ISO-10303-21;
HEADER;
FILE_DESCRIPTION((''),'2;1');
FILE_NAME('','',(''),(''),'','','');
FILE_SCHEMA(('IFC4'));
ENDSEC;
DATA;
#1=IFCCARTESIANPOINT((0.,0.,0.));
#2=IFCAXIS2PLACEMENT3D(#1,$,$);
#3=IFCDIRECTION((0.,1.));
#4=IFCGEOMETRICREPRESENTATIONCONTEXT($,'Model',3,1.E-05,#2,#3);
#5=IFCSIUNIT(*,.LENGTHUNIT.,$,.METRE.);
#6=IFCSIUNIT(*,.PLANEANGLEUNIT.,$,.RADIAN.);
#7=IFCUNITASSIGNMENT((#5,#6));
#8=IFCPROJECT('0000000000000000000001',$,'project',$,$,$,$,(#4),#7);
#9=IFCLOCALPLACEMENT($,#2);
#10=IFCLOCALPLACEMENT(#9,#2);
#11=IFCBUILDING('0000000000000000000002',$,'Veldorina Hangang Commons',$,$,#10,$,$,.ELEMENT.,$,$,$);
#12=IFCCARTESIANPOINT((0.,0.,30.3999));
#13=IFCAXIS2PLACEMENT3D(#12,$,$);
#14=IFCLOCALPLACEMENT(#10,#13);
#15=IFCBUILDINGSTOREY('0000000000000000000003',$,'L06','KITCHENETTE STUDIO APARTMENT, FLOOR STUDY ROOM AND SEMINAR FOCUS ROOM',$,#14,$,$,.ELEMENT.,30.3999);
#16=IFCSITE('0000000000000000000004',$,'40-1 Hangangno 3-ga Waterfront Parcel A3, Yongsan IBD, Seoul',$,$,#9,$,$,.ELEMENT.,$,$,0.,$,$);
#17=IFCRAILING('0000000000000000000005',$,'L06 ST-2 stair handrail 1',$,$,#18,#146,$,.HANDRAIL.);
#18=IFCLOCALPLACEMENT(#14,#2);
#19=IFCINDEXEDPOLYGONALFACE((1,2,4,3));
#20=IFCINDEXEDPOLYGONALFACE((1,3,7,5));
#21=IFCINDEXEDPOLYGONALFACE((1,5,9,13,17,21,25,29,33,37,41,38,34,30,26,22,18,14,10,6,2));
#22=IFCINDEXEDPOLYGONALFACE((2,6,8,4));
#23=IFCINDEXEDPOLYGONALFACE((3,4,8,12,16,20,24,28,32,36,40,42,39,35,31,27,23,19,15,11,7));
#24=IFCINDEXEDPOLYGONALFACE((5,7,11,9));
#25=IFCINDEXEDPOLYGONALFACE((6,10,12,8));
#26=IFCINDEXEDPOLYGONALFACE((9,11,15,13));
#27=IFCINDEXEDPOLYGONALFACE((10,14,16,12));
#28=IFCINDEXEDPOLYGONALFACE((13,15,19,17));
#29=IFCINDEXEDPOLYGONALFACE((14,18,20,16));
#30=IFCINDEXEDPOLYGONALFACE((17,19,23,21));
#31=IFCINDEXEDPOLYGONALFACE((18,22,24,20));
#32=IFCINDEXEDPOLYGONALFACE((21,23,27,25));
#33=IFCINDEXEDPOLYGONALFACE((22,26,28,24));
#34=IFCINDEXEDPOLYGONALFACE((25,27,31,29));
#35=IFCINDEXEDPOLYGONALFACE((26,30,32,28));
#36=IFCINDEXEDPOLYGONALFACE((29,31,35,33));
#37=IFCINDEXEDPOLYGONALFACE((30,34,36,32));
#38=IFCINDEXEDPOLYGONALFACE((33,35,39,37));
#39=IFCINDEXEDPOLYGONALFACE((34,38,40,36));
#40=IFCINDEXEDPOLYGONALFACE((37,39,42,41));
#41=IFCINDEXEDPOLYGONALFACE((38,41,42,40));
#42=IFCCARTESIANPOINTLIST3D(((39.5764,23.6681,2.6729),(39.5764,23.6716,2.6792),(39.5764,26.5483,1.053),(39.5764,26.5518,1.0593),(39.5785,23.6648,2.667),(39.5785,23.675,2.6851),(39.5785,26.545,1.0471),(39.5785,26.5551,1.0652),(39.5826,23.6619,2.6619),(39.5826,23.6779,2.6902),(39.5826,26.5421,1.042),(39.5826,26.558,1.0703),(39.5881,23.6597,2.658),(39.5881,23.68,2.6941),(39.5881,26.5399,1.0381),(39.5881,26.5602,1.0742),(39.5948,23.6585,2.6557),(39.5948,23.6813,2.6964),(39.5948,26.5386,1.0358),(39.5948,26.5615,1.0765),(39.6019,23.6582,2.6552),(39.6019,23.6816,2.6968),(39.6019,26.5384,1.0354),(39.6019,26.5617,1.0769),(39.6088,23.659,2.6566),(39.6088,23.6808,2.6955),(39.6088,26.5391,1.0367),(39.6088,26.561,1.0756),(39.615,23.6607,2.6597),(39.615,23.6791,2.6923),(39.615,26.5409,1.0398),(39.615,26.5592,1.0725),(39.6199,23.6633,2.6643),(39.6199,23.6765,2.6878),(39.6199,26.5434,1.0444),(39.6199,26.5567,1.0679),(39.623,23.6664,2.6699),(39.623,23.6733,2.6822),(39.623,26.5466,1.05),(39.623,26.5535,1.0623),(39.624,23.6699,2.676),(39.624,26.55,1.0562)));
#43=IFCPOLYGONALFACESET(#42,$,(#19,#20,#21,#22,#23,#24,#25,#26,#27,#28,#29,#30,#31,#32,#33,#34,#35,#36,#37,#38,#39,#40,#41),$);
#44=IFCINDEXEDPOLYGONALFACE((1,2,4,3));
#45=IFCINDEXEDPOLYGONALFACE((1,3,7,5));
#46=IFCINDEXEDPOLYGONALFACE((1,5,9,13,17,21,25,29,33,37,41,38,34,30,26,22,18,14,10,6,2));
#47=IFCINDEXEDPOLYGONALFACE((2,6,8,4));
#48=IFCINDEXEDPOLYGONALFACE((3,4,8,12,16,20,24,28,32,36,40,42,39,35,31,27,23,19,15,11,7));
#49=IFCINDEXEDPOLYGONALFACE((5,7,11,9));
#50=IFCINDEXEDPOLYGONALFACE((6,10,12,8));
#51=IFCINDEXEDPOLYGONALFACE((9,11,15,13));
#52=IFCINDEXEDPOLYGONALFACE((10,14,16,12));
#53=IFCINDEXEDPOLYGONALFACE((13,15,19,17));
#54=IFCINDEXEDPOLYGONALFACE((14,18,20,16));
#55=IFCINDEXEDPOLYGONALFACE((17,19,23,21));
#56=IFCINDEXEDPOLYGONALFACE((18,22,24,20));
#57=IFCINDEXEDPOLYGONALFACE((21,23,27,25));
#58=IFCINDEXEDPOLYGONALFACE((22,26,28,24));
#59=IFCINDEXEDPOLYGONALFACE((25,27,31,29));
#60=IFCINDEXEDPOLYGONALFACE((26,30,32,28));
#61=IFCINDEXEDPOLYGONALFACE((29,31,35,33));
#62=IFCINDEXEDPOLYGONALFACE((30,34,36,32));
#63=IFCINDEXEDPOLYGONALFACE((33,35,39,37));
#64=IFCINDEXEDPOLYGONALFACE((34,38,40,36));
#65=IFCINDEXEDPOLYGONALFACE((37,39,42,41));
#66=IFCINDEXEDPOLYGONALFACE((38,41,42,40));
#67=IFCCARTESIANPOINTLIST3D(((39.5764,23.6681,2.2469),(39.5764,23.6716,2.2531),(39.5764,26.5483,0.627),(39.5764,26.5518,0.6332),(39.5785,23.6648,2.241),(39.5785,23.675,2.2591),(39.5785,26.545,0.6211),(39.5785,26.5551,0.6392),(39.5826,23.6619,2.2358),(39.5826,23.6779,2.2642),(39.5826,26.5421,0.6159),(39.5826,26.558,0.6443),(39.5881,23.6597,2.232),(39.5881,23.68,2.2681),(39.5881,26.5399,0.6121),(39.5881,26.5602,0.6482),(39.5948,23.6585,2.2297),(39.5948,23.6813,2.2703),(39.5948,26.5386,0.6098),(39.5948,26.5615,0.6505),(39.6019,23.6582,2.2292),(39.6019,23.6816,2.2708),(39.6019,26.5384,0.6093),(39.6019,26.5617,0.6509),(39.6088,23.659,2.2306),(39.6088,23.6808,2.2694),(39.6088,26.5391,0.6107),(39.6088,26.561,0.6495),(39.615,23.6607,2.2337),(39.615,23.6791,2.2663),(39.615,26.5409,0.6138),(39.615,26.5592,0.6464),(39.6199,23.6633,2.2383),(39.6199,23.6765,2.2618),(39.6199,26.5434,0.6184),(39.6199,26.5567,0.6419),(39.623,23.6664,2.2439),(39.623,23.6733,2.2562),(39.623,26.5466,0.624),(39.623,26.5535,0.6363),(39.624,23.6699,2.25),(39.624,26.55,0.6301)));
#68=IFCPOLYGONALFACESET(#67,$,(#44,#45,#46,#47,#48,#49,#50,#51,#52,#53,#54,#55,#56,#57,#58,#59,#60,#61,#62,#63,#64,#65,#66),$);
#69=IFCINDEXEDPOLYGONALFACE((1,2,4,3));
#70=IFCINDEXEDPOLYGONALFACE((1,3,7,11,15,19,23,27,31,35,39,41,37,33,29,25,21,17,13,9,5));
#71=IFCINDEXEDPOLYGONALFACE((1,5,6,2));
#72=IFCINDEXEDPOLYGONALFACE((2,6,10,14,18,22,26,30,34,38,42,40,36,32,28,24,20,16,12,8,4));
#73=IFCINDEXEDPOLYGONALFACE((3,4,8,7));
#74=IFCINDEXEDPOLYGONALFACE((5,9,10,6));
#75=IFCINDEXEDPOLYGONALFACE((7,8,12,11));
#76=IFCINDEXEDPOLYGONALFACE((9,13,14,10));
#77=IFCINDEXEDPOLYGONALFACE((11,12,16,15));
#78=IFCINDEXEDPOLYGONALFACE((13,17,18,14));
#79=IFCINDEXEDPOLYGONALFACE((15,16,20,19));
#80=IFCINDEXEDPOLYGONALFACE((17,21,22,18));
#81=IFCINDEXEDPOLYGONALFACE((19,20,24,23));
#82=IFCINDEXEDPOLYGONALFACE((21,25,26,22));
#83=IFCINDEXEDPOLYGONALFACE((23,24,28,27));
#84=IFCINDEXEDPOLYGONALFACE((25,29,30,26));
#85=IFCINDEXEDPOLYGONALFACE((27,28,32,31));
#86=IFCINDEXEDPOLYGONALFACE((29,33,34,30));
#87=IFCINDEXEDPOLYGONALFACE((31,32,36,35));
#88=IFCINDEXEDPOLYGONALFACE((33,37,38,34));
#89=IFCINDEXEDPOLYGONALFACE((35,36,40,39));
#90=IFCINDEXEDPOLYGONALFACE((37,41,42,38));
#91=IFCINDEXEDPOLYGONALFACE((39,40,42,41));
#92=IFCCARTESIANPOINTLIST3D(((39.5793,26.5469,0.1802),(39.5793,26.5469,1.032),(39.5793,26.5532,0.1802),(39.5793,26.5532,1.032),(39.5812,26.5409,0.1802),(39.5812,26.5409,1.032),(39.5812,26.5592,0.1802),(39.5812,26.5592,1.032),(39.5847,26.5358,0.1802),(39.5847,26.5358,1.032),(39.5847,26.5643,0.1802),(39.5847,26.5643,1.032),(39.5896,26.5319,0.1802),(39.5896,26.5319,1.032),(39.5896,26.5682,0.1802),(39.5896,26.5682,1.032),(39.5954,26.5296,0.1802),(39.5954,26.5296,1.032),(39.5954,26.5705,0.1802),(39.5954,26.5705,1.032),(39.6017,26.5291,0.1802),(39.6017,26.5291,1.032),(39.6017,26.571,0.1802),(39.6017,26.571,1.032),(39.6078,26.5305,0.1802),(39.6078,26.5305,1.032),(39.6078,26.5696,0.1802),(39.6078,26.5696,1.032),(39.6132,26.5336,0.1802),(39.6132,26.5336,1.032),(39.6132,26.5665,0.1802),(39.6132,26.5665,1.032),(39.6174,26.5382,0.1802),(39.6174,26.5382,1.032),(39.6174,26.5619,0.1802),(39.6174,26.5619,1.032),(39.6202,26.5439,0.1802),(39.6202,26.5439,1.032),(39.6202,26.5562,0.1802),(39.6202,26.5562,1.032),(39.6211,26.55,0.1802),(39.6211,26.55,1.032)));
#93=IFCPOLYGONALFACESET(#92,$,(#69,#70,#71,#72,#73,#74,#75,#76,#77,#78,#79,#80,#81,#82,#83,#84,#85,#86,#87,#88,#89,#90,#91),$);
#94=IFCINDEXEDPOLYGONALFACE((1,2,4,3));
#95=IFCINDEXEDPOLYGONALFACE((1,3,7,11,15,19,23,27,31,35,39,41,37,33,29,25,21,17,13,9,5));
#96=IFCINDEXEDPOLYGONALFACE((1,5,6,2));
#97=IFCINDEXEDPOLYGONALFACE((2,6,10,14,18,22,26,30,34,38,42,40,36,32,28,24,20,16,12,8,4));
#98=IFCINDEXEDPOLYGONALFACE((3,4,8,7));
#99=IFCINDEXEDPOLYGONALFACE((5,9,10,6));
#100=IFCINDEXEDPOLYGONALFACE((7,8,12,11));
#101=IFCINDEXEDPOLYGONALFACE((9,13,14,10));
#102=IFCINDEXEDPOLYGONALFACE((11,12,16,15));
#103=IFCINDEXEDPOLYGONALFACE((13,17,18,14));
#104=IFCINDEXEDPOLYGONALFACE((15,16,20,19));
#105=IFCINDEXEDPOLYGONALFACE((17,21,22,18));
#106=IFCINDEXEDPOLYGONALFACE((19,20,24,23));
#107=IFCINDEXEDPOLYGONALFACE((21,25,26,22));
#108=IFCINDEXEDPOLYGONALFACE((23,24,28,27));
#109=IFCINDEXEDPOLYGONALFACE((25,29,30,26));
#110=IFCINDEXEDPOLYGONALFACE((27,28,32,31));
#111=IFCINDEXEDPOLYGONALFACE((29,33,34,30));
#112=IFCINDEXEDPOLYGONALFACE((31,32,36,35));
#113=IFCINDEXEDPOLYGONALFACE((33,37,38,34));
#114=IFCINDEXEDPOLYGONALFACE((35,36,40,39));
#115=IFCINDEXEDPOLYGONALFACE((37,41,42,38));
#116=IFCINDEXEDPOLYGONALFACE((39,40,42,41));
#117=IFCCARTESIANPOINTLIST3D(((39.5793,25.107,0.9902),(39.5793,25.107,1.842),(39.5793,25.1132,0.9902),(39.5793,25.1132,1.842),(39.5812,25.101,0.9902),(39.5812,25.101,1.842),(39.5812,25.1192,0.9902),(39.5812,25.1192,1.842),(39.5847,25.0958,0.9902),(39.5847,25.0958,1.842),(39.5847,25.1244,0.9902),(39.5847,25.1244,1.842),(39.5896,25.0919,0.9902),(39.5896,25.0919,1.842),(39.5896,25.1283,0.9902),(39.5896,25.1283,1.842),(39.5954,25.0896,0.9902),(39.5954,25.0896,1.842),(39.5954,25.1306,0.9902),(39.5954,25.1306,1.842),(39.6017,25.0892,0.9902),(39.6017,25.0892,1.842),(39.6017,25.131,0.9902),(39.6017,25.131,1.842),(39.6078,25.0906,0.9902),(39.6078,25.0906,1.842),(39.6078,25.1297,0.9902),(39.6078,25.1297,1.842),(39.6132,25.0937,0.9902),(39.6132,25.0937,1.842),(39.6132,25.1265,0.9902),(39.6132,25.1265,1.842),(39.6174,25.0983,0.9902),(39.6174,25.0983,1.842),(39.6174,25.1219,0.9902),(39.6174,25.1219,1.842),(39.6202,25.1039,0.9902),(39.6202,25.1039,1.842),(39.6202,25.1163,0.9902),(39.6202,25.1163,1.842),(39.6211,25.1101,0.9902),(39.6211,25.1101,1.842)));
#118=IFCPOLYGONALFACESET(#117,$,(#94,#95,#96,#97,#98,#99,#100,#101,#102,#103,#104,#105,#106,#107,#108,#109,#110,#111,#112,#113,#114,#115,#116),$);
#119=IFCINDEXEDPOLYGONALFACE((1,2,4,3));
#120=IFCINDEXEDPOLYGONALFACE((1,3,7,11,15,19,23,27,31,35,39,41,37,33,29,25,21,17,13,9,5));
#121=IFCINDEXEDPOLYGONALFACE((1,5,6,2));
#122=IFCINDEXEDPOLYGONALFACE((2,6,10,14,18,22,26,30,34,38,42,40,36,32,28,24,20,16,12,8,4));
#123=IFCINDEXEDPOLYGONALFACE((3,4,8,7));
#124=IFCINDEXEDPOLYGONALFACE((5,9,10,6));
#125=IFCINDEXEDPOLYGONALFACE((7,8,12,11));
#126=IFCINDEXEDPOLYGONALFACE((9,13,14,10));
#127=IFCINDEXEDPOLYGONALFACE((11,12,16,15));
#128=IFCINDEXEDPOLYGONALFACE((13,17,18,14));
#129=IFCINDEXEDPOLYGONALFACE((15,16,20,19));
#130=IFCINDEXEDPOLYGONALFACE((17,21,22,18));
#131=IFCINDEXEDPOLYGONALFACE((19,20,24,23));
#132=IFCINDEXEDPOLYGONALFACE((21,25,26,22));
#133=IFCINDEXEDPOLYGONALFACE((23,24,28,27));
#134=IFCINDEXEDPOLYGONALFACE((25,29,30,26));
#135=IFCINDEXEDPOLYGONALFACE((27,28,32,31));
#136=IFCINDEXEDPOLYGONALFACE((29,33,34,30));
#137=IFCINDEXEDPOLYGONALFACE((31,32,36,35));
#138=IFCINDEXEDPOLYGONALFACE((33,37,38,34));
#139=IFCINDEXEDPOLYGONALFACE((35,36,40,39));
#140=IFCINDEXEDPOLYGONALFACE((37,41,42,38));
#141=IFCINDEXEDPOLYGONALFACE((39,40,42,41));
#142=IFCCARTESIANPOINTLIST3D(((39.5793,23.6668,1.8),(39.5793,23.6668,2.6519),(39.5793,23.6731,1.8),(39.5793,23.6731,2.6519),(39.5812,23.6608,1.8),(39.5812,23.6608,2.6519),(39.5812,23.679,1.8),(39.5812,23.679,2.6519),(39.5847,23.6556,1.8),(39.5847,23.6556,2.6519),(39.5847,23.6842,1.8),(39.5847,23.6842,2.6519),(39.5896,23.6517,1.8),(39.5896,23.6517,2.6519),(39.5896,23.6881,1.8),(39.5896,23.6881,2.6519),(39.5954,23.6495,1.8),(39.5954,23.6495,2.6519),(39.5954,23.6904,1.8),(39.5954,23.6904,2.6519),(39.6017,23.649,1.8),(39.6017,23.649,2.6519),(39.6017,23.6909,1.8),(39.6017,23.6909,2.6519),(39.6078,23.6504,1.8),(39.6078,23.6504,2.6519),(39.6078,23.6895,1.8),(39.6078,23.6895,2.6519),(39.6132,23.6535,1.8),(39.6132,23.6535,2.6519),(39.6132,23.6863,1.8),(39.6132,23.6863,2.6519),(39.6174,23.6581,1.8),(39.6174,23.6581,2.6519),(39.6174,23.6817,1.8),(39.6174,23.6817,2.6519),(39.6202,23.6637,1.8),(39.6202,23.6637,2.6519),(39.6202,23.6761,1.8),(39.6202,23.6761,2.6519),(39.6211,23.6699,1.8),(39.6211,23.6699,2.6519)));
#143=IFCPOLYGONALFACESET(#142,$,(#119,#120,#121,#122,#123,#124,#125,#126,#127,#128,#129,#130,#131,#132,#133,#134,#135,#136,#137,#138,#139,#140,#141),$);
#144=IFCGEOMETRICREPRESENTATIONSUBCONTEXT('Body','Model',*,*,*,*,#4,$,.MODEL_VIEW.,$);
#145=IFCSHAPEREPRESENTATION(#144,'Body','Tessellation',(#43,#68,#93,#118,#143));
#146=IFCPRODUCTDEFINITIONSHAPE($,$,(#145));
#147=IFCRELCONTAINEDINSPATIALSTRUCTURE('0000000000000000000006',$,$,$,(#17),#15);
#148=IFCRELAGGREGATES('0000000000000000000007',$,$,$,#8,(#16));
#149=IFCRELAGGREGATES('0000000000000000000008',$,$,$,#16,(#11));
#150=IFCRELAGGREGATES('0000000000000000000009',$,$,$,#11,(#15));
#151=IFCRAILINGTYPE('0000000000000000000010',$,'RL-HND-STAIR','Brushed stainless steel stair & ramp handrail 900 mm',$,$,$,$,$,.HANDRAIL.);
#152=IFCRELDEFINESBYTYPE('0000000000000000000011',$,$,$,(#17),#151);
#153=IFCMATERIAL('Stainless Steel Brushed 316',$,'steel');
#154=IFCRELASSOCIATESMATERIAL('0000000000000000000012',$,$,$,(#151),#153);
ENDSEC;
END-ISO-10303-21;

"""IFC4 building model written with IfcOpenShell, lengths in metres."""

from ifc_helpers import new_model, si_unit, direction, frame, origin, origin_2d, place, context, subcontext, project, spatial, circle, extrude, material, type_object, element, save


model = new_model("IFC4")

# Units and contexts
model_context = context("Model", 3, precision=1e-05, world=origin(), true_north=direction((0.0, 1.0)))
body_context = subcontext(model_context, "Body", "Model", "MODEL_VIEW")
ifc_project = project(units=[si_unit("LENGTHUNIT", "METRE"), si_unit("PLANEANGLEUNIT", "RADIAN")], contexts=[model_context])

# Site, building, storey
site_placement = place(None, origin())
site = spatial("IfcSite", under=ifc_project, at=site_placement, Name="40-1 Hangangno 3-ga Waterfront Parcel A3, Yongsan IBD, Seoul", CompositionType="ELEMENT", RefElevation=0.0)
building_placement = place(site_placement, origin())
building = spatial("IfcBuilding", under=site, at=building_placement, Name="Veldorina Hangang Commons", CompositionType="ELEMENT")
storey_placement = place(building_placement, frame((0.0, 0.0, 30.3999)))
storey = spatial("IfcBuildingStorey", under=building, at=storey_placement, Name="L06", Description="KITCHENETTE STUDIO APARTMENT, FLOOR STUDY ROOM AND SEMINAR FOCUS ROOM", CompositionType="ELEMENT", Elevation=30.3999)

# Railing
ifc_material_1 = material(Name="Stainless Steel Brushed 316", Category="steel")
railing_type_1 = type_object("IfcRailingType", Name="RL-HND-STAIR", Description="Brushed stainless steel stair & ramp handrail 900 mm", PredefinedType="HANDRAIL", material=ifc_material_1)
railing_1_placement = place(storey_placement, frame((39.6001, 26.55, 0.1802)))
element("IfcRailing", 1, at=railing_1_placement, inside=storey, type_object=railing_type_1, Name="L06 ST-2 stair handrail 1", PredefinedType="HANDRAIL", context=body_context, shape_type="SweptSolid", body=[
    extrude(circle(Radius=0.0239, at=origin_2d()), frame((0.0, 0.0, 0.876), z_axis=(0.0, -0.871601, 0.490216), x_axis=(1.0, 0.0, 0.0)), (0.0, 0.0, 1.0), 3.3044),
    extrude(circle(Radius=0.0239, at=origin_2d()), frame((0.0, 0.0, 0.45), z_axis=(0.0, -0.871601, 0.490216), x_axis=(1.0, 0.0, 0.0)), (0.0, 0.0, 1.0), 3.3044),
    extrude(circle(Radius=0.021, at=origin_2d()), origin(), (0.0, 0.0, 1.0), 0.8518),
    extrude(circle(Radius=0.021, at=origin_2d()), frame((0.0, -1.4399, 0.8101)), (0.0, 0.0, 1.0), 0.8518),
    extrude(circle(Radius=0.021, at=origin_2d()), frame((0.0, -2.8801, 1.6199)), (0.0, 0.0, 1.0), 0.8518),
])

save(model, "model.ifc")
